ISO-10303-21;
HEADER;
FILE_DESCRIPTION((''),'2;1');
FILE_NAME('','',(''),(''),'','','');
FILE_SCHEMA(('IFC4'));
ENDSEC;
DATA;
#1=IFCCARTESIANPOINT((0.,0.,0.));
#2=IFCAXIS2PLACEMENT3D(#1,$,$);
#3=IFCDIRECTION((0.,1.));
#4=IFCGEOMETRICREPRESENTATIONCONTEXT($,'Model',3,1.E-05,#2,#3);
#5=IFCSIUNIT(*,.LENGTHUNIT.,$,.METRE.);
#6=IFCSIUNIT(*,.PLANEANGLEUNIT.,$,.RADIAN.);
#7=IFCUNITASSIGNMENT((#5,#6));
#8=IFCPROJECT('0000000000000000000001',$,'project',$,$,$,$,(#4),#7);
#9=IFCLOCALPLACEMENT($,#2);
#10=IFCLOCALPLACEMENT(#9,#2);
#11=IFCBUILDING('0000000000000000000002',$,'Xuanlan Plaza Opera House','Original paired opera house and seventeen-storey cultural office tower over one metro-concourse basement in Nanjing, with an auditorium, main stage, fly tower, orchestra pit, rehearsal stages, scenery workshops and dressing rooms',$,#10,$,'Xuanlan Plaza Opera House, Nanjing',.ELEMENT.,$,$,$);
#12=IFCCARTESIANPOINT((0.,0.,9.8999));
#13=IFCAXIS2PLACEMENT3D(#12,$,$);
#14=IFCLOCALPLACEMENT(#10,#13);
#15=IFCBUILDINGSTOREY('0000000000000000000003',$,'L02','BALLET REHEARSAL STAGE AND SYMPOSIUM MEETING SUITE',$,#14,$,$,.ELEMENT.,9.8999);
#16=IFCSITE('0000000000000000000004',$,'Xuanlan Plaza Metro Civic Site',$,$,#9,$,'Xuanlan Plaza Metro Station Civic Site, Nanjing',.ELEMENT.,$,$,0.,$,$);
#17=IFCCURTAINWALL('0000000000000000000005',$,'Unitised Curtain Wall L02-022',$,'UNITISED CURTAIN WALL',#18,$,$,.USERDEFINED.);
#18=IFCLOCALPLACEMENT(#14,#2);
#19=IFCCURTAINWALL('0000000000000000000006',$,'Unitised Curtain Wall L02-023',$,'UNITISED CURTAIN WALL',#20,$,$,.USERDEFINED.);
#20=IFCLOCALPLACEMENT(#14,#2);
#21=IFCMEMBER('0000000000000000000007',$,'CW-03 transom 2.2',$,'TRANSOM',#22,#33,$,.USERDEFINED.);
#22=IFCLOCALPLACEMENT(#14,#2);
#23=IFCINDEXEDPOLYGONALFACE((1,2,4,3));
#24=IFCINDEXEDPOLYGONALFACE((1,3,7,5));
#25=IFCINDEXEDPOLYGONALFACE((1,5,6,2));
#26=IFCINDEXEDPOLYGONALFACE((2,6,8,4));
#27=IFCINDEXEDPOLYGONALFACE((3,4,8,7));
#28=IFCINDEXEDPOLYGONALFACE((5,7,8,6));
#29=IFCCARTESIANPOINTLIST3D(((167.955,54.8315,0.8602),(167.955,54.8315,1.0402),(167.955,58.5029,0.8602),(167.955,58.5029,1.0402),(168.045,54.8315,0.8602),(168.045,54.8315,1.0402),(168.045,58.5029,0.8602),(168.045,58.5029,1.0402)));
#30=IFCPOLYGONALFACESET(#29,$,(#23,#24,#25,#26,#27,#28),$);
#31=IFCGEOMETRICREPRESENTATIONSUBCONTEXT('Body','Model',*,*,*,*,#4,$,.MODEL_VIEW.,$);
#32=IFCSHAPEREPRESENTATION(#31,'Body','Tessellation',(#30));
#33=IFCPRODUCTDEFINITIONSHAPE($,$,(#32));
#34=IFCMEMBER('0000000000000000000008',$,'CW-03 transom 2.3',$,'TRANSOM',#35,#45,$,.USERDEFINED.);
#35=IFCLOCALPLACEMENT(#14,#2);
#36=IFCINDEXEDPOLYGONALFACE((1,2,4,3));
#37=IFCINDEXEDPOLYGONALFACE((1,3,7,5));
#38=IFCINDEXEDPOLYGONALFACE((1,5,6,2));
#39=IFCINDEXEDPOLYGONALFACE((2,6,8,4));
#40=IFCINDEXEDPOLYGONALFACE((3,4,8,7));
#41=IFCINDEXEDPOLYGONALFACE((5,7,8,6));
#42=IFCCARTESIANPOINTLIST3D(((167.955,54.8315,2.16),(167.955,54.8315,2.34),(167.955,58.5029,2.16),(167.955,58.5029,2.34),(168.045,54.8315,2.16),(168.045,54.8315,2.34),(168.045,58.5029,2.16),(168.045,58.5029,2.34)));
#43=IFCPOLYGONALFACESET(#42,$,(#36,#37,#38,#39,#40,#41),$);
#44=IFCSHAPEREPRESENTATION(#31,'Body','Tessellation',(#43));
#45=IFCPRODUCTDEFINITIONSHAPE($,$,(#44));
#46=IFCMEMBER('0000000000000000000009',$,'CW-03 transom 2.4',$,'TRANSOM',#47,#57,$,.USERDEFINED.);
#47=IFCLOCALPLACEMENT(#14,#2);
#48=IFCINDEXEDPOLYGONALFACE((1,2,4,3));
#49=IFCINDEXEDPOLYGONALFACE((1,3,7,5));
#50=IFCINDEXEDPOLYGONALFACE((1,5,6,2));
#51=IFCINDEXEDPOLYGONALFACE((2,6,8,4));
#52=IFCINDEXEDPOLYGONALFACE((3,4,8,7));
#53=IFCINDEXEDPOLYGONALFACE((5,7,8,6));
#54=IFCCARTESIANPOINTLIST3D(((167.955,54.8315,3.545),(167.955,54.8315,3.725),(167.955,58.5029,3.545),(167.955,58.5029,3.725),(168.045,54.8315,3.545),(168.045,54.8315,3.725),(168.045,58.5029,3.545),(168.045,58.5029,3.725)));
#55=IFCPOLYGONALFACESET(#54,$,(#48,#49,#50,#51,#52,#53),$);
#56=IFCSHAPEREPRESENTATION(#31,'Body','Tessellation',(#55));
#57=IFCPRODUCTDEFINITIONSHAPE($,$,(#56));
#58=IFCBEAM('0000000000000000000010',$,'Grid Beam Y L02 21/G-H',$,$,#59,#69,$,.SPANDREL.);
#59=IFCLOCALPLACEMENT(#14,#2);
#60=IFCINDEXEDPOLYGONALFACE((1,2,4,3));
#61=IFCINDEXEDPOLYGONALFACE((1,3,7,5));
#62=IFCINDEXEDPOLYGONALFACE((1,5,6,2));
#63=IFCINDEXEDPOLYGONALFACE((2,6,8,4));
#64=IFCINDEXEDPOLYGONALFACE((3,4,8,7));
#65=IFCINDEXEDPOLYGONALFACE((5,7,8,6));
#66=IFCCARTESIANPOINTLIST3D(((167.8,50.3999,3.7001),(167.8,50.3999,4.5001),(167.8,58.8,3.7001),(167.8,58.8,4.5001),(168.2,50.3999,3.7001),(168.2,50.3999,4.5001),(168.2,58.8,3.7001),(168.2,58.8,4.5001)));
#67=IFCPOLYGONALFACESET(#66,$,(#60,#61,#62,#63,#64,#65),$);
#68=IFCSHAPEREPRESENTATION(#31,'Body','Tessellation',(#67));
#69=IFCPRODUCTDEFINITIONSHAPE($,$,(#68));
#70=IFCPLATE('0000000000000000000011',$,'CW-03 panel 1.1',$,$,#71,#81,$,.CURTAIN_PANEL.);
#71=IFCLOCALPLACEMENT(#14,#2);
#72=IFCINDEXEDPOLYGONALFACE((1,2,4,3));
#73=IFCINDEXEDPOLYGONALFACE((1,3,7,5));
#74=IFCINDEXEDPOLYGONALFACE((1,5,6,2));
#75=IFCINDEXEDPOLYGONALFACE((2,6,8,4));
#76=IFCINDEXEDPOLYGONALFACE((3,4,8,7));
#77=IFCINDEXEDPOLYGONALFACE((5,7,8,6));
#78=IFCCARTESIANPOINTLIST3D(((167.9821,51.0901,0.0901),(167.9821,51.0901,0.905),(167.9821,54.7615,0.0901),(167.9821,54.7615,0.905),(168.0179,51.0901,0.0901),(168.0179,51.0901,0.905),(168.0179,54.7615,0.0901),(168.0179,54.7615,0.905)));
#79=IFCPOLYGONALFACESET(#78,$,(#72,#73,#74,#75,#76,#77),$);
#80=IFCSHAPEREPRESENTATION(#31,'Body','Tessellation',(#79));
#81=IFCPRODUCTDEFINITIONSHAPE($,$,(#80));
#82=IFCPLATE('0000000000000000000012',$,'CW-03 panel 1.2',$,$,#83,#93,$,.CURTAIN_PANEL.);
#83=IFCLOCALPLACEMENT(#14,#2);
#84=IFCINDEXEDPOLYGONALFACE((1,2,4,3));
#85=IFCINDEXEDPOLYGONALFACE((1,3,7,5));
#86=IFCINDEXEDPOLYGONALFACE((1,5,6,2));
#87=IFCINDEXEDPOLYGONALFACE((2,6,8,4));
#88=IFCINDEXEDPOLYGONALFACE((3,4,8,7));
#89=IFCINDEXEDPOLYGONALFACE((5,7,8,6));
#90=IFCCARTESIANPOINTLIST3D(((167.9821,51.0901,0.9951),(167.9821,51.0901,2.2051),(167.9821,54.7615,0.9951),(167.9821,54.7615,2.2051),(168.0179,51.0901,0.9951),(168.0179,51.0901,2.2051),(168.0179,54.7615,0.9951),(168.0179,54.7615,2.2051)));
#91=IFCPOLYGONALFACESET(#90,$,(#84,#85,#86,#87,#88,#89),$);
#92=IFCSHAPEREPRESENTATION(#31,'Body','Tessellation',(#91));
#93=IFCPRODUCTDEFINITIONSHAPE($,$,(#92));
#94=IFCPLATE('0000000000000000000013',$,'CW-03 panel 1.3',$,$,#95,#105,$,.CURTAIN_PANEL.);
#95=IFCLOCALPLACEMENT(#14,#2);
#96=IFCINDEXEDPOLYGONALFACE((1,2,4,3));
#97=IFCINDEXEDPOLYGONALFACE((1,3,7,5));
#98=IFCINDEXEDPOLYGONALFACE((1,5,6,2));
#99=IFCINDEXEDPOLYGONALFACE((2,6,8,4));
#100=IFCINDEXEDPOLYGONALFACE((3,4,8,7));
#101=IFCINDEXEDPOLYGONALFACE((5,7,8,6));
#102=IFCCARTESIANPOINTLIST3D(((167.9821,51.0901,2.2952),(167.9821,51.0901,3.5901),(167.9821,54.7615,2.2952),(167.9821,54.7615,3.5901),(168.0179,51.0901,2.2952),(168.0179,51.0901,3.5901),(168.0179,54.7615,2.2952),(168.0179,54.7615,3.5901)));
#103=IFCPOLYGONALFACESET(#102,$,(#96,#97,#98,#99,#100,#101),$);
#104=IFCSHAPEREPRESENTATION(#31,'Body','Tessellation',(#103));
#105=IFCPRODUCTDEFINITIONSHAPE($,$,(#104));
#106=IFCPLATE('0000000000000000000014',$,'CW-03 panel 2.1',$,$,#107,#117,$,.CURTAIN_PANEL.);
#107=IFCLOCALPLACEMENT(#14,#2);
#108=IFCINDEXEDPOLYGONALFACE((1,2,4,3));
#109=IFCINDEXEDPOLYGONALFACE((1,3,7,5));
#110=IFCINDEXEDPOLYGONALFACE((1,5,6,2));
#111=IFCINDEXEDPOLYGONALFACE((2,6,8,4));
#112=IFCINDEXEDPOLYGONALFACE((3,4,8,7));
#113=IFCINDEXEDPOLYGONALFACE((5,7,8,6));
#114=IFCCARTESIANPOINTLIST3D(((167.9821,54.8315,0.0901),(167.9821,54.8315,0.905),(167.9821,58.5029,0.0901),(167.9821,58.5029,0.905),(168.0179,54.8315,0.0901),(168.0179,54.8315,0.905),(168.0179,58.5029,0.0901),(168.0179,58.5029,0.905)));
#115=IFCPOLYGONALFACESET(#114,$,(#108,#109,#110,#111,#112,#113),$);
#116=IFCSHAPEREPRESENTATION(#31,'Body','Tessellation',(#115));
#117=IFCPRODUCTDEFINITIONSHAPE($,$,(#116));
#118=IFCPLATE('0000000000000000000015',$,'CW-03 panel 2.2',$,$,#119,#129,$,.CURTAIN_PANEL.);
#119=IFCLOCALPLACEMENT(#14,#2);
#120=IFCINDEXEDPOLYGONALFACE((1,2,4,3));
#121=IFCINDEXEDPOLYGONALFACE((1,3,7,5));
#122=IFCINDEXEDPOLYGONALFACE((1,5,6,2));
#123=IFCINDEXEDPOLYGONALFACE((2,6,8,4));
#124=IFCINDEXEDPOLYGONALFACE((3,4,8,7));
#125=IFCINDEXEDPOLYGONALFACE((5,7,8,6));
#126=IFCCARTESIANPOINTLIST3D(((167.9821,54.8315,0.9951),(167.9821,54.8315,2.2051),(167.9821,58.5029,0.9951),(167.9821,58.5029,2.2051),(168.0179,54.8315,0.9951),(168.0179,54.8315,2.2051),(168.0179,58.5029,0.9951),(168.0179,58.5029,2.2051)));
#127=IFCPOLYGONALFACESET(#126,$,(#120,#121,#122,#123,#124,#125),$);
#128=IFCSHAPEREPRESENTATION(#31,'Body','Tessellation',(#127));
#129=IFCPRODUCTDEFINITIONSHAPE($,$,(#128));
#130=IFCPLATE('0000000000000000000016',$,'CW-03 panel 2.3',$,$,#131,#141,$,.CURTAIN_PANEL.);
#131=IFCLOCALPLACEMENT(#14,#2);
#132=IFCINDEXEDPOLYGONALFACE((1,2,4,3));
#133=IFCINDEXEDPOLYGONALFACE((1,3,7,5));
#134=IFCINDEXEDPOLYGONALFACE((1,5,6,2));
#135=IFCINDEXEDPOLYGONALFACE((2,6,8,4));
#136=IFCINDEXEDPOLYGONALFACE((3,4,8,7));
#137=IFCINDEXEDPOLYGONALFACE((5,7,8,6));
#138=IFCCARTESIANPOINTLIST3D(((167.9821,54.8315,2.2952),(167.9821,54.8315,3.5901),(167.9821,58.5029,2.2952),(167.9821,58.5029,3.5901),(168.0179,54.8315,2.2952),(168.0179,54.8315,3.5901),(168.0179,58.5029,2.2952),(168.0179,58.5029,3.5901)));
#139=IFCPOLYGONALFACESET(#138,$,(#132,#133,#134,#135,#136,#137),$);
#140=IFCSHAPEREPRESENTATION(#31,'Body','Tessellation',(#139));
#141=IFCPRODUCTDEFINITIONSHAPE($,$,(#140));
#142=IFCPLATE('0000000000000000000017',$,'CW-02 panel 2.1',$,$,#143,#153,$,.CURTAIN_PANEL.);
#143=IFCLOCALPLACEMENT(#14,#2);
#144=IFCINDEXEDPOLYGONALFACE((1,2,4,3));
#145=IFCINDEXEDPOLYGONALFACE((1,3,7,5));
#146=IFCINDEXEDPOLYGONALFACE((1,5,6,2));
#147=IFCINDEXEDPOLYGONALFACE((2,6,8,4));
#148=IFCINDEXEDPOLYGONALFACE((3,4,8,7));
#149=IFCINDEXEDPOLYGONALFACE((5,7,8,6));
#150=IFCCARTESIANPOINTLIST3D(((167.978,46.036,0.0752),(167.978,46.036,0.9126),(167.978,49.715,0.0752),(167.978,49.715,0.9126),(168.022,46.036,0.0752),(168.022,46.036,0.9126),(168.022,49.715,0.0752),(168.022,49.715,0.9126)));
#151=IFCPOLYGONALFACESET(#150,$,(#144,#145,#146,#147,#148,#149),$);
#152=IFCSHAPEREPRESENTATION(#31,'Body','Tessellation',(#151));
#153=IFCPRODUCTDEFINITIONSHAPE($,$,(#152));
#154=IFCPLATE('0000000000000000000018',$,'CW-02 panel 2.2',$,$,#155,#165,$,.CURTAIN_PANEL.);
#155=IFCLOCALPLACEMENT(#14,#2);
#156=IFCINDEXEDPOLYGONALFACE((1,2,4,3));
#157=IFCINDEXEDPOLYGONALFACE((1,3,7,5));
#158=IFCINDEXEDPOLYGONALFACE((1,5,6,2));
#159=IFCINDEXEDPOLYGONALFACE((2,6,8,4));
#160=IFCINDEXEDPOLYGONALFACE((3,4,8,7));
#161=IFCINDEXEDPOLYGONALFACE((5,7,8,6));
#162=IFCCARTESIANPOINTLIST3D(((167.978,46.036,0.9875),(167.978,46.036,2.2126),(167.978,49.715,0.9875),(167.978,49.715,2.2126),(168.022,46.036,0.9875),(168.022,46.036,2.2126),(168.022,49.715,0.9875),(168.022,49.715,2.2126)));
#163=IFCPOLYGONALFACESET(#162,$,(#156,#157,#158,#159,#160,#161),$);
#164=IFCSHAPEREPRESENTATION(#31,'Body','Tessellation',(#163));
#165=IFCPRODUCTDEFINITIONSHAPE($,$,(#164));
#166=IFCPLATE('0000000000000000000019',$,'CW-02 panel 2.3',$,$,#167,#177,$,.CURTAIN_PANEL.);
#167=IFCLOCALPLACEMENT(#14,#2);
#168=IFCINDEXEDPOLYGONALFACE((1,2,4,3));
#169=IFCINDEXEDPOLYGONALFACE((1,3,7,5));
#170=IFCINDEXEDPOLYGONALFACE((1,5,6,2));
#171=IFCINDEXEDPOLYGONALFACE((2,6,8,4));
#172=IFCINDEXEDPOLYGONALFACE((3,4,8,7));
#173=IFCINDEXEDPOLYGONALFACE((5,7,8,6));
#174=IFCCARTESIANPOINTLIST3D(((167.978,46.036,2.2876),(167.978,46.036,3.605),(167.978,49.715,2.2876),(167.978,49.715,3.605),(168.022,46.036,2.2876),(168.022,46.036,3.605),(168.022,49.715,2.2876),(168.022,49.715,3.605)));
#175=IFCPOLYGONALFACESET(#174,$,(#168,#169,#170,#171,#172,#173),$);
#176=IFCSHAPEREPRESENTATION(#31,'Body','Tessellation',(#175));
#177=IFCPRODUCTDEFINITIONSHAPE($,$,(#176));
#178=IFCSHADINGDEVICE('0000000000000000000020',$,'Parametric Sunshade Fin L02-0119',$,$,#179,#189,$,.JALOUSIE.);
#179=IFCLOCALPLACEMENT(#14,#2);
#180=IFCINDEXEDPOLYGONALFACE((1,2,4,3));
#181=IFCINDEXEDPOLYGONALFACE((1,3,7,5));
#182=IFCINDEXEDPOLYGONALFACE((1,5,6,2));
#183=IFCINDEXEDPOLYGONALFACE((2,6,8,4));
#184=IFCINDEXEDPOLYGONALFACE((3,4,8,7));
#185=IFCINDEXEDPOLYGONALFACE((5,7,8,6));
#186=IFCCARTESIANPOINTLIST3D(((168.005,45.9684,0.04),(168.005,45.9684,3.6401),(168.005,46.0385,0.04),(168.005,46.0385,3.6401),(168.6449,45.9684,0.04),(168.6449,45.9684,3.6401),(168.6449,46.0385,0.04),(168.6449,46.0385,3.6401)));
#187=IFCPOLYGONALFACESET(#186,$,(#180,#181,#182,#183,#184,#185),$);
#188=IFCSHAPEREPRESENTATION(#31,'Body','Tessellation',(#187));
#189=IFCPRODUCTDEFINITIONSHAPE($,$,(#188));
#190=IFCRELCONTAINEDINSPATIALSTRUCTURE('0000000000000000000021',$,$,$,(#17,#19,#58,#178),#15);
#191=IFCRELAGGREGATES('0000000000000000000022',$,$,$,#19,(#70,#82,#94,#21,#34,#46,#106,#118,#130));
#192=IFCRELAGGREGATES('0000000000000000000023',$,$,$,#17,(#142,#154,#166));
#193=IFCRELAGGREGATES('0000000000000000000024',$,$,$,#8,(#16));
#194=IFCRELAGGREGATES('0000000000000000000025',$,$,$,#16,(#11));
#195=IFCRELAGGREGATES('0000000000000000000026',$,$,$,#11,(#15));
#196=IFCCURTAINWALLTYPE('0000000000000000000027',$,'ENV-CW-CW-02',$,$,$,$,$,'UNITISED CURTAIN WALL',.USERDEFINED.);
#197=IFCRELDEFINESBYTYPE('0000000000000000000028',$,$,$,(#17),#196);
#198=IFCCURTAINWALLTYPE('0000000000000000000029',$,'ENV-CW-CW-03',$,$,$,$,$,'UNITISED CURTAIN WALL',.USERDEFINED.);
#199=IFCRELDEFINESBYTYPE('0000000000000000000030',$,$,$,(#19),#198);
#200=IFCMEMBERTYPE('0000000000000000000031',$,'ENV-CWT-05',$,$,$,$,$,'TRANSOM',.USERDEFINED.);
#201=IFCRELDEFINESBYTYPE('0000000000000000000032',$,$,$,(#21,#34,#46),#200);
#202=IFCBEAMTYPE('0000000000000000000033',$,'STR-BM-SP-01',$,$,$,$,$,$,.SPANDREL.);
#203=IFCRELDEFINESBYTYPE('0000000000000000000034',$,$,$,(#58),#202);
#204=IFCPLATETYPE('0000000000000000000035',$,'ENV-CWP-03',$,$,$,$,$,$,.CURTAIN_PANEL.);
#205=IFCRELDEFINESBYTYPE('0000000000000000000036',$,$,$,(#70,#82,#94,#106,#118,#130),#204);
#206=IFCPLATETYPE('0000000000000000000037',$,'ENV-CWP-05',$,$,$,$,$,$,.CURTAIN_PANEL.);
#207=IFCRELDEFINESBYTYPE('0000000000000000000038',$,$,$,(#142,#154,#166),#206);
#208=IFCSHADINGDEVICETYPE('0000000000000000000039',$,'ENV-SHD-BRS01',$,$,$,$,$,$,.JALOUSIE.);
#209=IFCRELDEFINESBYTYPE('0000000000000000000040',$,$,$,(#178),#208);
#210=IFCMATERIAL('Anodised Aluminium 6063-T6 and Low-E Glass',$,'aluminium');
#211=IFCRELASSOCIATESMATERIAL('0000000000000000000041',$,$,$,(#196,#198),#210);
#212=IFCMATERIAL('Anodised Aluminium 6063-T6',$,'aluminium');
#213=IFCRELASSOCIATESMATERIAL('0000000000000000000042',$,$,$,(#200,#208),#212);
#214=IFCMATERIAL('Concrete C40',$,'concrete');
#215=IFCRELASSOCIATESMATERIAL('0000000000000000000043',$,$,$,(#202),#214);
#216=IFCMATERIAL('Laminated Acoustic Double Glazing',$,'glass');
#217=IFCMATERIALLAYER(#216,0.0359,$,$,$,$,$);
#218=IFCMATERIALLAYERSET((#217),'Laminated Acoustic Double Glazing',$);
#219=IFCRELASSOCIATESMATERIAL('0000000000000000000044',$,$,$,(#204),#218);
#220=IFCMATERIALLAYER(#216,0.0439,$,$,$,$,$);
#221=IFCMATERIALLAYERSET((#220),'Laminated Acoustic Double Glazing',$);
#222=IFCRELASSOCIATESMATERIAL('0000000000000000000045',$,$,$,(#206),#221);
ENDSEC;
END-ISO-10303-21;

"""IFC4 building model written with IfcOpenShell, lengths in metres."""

from ifc_helpers import new_model, si_unit, direction, frame, origin, origin_2d, place, context, subcontext, project, spatial, rectangle, extrude, material, layer, layer_set, material_profile, profile_set, type_object, element, aggregate, save


model = new_model("IFC4")

# Units and contexts
model_context = context("Model", 3, precision=1e-05, world=origin(), true_north=direction((0.0, 1.0)))
body_context = subcontext(model_context, "Body", "Model", "MODEL_VIEW")
ifc_project = project(units=[si_unit("LENGTHUNIT", "METRE"), si_unit("PLANEANGLEUNIT", "RADIAN")], contexts=[model_context])

# Site, building, storey
site_placement = place(None, origin())
site = spatial("IfcSite", under=ifc_project, at=site_placement, Name="Xuanlan Plaza Metro Civic Site", LongName="Xuanlan Plaza Metro Station Civic Site, Nanjing", CompositionType="ELEMENT", RefElevation=0.0)
building_placement = place(site_placement, origin())
building = spatial("IfcBuilding", under=site, at=building_placement, Name="Xuanlan Plaza Opera House", Description="Original paired opera house and seventeen-storey cultural office tower over one metro-concourse basement in Nanjing, with an auditorium, main stage, fly tower, orchestra pit, rehearsal stages, scenery workshops and dressing rooms", LongName="Xuanlan Plaza Opera House, Nanjing", CompositionType="ELEMENT")
storey_placement = place(building_placement, frame((0.0, 0.0, 9.8999)))
storey = spatial("IfcBuildingStorey", under=building, at=storey_placement, Name="L02", Description="BALLET REHEARSAL STAGE AND SYMPOSIUM MEETING SUITE", CompositionType="ELEMENT", Elevation=9.8999)

# Curtain wall
ifc_material_1 = material(Name="Anodised Aluminium 6063-T6 and Low-E Glass", Category="aluminium")
curtain_wall_type_1 = type_object("IfcCurtainWallType", Name="ENV-CW-CW-02", ElementType="UNITISED CURTAIN WALL", PredefinedType="USERDEFINED", material=ifc_material_1)
curtain_wall_1_placement = place(storey_placement, origin())
curtain_wall_1 = element("IfcCurtainWall", 1, at=curtain_wall_1_placement, inside=storey, type_object=curtain_wall_type_1, Name="Unitised Curtain Wall L02-022", ObjectType="UNITISED CURTAIN WALL", PredefinedType="USERDEFINED")
ifc_material_2 = material(Name="Anodised Aluminium 6063-T6", Category="aluminium")

# Curtain wall
curtain_wall_type_2 = type_object("IfcCurtainWallType", Name="ENV-CW-CW-03", ElementType="UNITISED CURTAIN WALL", PredefinedType="USERDEFINED", material=ifc_material_1)
curtain_wall_2_placement = place(storey_placement, origin())
curtain_wall_2 = element("IfcCurtainWall", 2, at=curtain_wall_2_placement, inside=storey, type_object=curtain_wall_type_2, Name="Unitised Curtain Wall L02-023", ObjectType="UNITISED CURTAIN WALL", PredefinedType="USERDEFINED")

# Members
ifc_material_profile_1 = material_profile(ifc_material_2, rectangle(XDim=0.0901, YDim=0.1799, at=origin_2d()), Name="ALU-T 90x180")
ifc_profile_set_1 = profile_set([ifc_material_profile_1], Name="Anodised Aluminium 6063-T6")
member_type_1 = type_object("IfcMemberType", Name="ENV-CWT-05", ElementType="TRANSOM", PredefinedType="USERDEFINED", material=ifc_profile_set_1)
member_1_placement = place(storey_placement, frame((168.0, 54.8315, 0.9502), z_axis=(0.0, 1.0, 0.0), x_axis=(-1.0, 0.0, 0.0)))
member_1 = element("IfcMember", 3, at=member_1_placement, type_object=member_type_1, Name="CW-03 transom 2.2", ObjectType="TRANSOM", PredefinedType="USERDEFINED", context=body_context, shape_type="SweptSolid", body=[
    extrude(rectangle(XDim=0.0901, YDim=0.1799, at=origin_2d()), origin(), (0.0, 0.0, 1.0), 3.6714),
])
member_2_placement = place(storey_placement, frame((168.0, 54.8315, 2.25), z_axis=(0.0, 1.0, 0.0), x_axis=(-1.0, 0.0, 0.0)))
member_2 = element("IfcMember", 4, at=member_2_placement, type_object=member_type_1, Name="CW-03 transom 2.3", ObjectType="TRANSOM", PredefinedType="USERDEFINED", context=body_context, shape_type="SweptSolid", body=[
    extrude(rectangle(XDim=0.0901, YDim=0.1799, at=origin_2d()), origin(), (0.0, 0.0, 1.0), 3.6714),
])
member_3_placement = place(storey_placement, frame((168.0, 54.8315, 3.635), z_axis=(0.0, 1.0, 0.0), x_axis=(-1.0, 0.0, 0.0)))
member_3 = element("IfcMember", 5, at=member_3_placement, type_object=member_type_1, Name="CW-03 transom 2.4", ObjectType="TRANSOM", PredefinedType="USERDEFINED", context=body_context, shape_type="SweptSolid", body=[
    extrude(rectangle(XDim=0.0901, YDim=0.1799, at=origin_2d()), origin(), (0.0, 0.0, 1.0), 3.6714),
])

# Beam
ifc_material_3 = material(Name="Concrete C40", Category="concrete")
ifc_material_profile_2 = material_profile(ifc_material_3, rectangle(XDim=0.3999, YDim=0.8, at=origin_2d()), Name="RC-SPD 400x800")
ifc_profile_set_2 = profile_set([ifc_material_profile_2], Name="Concrete C40")
beam_type = type_object("IfcBeamType", Name="STR-BM-SP-01", PredefinedType="SPANDREL", material=ifc_profile_set_2)
beam_placement = place(storey_placement, frame((168.0, 50.3999, 4.1001), z_axis=(0.0, 1.0, 0.0), x_axis=(-1.0, 0.0, 0.0)))
element("IfcBeam", 6, at=beam_placement, inside=storey, type_object=beam_type, Name="Grid Beam Y L02 21/G-H", PredefinedType="SPANDREL", context=body_context, shape_type="SweptSolid", body=[
    extrude(rectangle(XDim=0.3999, YDim=0.8, at=origin_2d()), origin(), (0.0, 0.0, 1.0), 8.4001),
])

# Plates
ifc_material_4 = material(Name="Laminated Acoustic Double Glazing", Category="glass")
ifc_layer_1 = layer(ifc_material_4, 0.0359)
ifc_layer_set_1 = layer_set([ifc_layer_1], Name="Laminated Acoustic Double Glazing")
plate_type_1 = type_object("IfcPlateType", Name="ENV-CWP-03", PredefinedType="CURTAIN_PANEL", material=ifc_layer_set_1)
plate_1_placement = place(storey_placement, frame((168.0, 52.9258, 0.0901), z_axis=(0.0, 0.0, 1.0), x_axis=(0.0, 1.0, 0.0)))
plate_1 = element("IfcPlate", 7, at=plate_1_placement, type_object=plate_type_1, Name="CW-03 panel 1.1", PredefinedType="CURTAIN_PANEL", context=body_context, shape_type="SweptSolid", body=[
    extrude(rectangle(XDim=3.6714, YDim=0.0359, at=origin_2d()), origin(), (0.0, 0.0, 1.0), 0.8149),
])
plate_2_placement = place(storey_placement, frame((168.0, 52.9258, 0.9951), z_axis=(0.0, 0.0, 1.0), x_axis=(0.0, 1.0, 0.0)))
plate_2 = element("IfcPlate", 8, at=plate_2_placement, type_object=plate_type_1, Name="CW-03 panel 1.2", PredefinedType="CURTAIN_PANEL", context=body_context, shape_type="SweptSolid", body=[
    extrude(rectangle(XDim=3.6714, YDim=0.0359, at=origin_2d()), origin(), (0.0, 0.0, 1.0), 1.21),
])
plate_3_placement = place(storey_placement, frame((168.0, 52.9258, 2.2952), z_axis=(0.0, 0.0, 1.0), x_axis=(0.0, 1.0, 0.0)))
plate_3 = element("IfcPlate", 9, at=plate_3_placement, type_object=plate_type_1, Name="CW-03 panel 1.3", PredefinedType="CURTAIN_PANEL", context=body_context, shape_type="SweptSolid", body=[
    extrude(rectangle(XDim=3.6714, YDim=0.0359, at=origin_2d()), origin(), (0.0, 0.0, 1.0), 1.2949),
])
plate_4_placement = place(storey_placement, frame((168.0, 56.6672, 0.0901), z_axis=(0.0, 0.0, 1.0), x_axis=(0.0, 1.0, 0.0)))
plate_4 = element("IfcPlate", 10, at=plate_4_placement, type_object=plate_type_1, Name="CW-03 panel 2.1", PredefinedType="CURTAIN_PANEL", context=body_context, shape_type="SweptSolid", body=[
    extrude(rectangle(XDim=3.6714, YDim=0.0359, at=origin_2d()), origin(), (0.0, 0.0, 1.0), 0.8149),
])
plate_5_placement = place(storey_placement, frame((168.0, 56.6672, 0.9951), z_axis=(0.0, 0.0, 1.0), x_axis=(0.0, 1.0, 0.0)))
plate_5 = element("IfcPlate", 11, at=plate_5_placement, type_object=plate_type_1, Name="CW-03 panel 2.2", PredefinedType="CURTAIN_PANEL", context=body_context, shape_type="SweptSolid", body=[
    extrude(rectangle(XDim=3.6714, YDim=0.0359, at=origin_2d()), origin(), (0.0, 0.0, 1.0), 1.21),
])
plate_6_placement = place(storey_placement, frame((168.0, 56.6672, 2.2952), z_axis=(0.0, 0.0, 1.0), x_axis=(0.0, 1.0, 0.0)))
plate_6 = element("IfcPlate", 12, at=plate_6_placement, type_object=plate_type_1, Name="CW-03 panel 2.3", PredefinedType="CURTAIN_PANEL", context=body_context, shape_type="SweptSolid", body=[
    extrude(rectangle(XDim=3.6714, YDim=0.0359, at=origin_2d()), origin(), (0.0, 0.0, 1.0), 1.2949),
])
aggregate(curtain_wall_2, [plate_1, plate_2, plate_3, member_1, member_2, member_3, plate_4, plate_5, plate_6])
ifc_layer_2 = layer(ifc_material_4, 0.0439)
ifc_layer_set_2 = layer_set([ifc_layer_2], Name="Laminated Acoustic Double Glazing")
plate_type_2 = type_object("IfcPlateType", Name="ENV-CWP-05", PredefinedType="CURTAIN_PANEL", material=ifc_layer_set_2)
plate_7_placement = place(storey_placement, frame((168.0, 47.8755, 0.0752), z_axis=(0.0, 0.0, 1.0), x_axis=(0.0, 1.0, 0.0)))
plate_7 = element("IfcPlate", 13, at=plate_7_placement, type_object=plate_type_2, Name="CW-02 panel 2.1", PredefinedType="CURTAIN_PANEL", context=body_context, shape_type="SweptSolid", body=[
    extrude(rectangle(XDim=3.679, YDim=0.0439, at=origin_2d()), origin(), (0.0, 0.0, 1.0), 0.8374),
])
plate_8_placement = place(storey_placement, frame((168.0, 47.8755, 0.9875), z_axis=(0.0, 0.0, 1.0), x_axis=(0.0, 1.0, 0.0)))
plate_8 = element("IfcPlate", 14, at=plate_8_placement, type_object=plate_type_2, Name="CW-02 panel 2.2", PredefinedType="CURTAIN_PANEL", context=body_context, shape_type="SweptSolid", body=[
    extrude(rectangle(XDim=3.679, YDim=0.0439, at=origin_2d()), origin(), (0.0, 0.0, 1.0), 1.2251),
])
plate_9_placement = place(storey_placement, frame((168.0, 47.8755, 2.2876), z_axis=(0.0, 0.0, 1.0), x_axis=(0.0, 1.0, 0.0)))
plate_9 = element("IfcPlate", 15, at=plate_9_placement, type_object=plate_type_2, Name="CW-02 panel 2.3", PredefinedType="CURTAIN_PANEL", context=body_context, shape_type="SweptSolid", body=[
    extrude(rectangle(XDim=3.679, YDim=0.0439, at=origin_2d()), origin(), (0.0, 0.0, 1.0), 1.3174),
])
aggregate(curtain_wall_1, [plate_7, plate_8, plate_9])

# Shading device
shading_device_type = type_object("IfcShadingDeviceType", Name="ENV-SHD-BRS01", PredefinedType="JALOUSIE", material=ifc_material_2)
for number, where, z_axis, x_axis, name in (
    (16, (168.325, 46.0034, 0.04), (0.0, 0.0, 1.0), (1.0, 0.0, 0.0), "Parametric Sunshade Fin L02-0119"),
):
    element("IfcShadingDevice", number, at=place(storey_placement, frame(where, z_axis=z_axis, x_axis=x_axis)), inside=storey, type_object=shading_device_type, Name=name, PredefinedType="JALOUSIE", context=body_context, shape_type="SweptSolid", body=[
        extrude(rectangle(XDim=0.6399, YDim=0.0701, at=origin_2d()), origin(), (0.0, 0.0, 1.0), 3.6001),
    ])

save(model, "model.ifc")
